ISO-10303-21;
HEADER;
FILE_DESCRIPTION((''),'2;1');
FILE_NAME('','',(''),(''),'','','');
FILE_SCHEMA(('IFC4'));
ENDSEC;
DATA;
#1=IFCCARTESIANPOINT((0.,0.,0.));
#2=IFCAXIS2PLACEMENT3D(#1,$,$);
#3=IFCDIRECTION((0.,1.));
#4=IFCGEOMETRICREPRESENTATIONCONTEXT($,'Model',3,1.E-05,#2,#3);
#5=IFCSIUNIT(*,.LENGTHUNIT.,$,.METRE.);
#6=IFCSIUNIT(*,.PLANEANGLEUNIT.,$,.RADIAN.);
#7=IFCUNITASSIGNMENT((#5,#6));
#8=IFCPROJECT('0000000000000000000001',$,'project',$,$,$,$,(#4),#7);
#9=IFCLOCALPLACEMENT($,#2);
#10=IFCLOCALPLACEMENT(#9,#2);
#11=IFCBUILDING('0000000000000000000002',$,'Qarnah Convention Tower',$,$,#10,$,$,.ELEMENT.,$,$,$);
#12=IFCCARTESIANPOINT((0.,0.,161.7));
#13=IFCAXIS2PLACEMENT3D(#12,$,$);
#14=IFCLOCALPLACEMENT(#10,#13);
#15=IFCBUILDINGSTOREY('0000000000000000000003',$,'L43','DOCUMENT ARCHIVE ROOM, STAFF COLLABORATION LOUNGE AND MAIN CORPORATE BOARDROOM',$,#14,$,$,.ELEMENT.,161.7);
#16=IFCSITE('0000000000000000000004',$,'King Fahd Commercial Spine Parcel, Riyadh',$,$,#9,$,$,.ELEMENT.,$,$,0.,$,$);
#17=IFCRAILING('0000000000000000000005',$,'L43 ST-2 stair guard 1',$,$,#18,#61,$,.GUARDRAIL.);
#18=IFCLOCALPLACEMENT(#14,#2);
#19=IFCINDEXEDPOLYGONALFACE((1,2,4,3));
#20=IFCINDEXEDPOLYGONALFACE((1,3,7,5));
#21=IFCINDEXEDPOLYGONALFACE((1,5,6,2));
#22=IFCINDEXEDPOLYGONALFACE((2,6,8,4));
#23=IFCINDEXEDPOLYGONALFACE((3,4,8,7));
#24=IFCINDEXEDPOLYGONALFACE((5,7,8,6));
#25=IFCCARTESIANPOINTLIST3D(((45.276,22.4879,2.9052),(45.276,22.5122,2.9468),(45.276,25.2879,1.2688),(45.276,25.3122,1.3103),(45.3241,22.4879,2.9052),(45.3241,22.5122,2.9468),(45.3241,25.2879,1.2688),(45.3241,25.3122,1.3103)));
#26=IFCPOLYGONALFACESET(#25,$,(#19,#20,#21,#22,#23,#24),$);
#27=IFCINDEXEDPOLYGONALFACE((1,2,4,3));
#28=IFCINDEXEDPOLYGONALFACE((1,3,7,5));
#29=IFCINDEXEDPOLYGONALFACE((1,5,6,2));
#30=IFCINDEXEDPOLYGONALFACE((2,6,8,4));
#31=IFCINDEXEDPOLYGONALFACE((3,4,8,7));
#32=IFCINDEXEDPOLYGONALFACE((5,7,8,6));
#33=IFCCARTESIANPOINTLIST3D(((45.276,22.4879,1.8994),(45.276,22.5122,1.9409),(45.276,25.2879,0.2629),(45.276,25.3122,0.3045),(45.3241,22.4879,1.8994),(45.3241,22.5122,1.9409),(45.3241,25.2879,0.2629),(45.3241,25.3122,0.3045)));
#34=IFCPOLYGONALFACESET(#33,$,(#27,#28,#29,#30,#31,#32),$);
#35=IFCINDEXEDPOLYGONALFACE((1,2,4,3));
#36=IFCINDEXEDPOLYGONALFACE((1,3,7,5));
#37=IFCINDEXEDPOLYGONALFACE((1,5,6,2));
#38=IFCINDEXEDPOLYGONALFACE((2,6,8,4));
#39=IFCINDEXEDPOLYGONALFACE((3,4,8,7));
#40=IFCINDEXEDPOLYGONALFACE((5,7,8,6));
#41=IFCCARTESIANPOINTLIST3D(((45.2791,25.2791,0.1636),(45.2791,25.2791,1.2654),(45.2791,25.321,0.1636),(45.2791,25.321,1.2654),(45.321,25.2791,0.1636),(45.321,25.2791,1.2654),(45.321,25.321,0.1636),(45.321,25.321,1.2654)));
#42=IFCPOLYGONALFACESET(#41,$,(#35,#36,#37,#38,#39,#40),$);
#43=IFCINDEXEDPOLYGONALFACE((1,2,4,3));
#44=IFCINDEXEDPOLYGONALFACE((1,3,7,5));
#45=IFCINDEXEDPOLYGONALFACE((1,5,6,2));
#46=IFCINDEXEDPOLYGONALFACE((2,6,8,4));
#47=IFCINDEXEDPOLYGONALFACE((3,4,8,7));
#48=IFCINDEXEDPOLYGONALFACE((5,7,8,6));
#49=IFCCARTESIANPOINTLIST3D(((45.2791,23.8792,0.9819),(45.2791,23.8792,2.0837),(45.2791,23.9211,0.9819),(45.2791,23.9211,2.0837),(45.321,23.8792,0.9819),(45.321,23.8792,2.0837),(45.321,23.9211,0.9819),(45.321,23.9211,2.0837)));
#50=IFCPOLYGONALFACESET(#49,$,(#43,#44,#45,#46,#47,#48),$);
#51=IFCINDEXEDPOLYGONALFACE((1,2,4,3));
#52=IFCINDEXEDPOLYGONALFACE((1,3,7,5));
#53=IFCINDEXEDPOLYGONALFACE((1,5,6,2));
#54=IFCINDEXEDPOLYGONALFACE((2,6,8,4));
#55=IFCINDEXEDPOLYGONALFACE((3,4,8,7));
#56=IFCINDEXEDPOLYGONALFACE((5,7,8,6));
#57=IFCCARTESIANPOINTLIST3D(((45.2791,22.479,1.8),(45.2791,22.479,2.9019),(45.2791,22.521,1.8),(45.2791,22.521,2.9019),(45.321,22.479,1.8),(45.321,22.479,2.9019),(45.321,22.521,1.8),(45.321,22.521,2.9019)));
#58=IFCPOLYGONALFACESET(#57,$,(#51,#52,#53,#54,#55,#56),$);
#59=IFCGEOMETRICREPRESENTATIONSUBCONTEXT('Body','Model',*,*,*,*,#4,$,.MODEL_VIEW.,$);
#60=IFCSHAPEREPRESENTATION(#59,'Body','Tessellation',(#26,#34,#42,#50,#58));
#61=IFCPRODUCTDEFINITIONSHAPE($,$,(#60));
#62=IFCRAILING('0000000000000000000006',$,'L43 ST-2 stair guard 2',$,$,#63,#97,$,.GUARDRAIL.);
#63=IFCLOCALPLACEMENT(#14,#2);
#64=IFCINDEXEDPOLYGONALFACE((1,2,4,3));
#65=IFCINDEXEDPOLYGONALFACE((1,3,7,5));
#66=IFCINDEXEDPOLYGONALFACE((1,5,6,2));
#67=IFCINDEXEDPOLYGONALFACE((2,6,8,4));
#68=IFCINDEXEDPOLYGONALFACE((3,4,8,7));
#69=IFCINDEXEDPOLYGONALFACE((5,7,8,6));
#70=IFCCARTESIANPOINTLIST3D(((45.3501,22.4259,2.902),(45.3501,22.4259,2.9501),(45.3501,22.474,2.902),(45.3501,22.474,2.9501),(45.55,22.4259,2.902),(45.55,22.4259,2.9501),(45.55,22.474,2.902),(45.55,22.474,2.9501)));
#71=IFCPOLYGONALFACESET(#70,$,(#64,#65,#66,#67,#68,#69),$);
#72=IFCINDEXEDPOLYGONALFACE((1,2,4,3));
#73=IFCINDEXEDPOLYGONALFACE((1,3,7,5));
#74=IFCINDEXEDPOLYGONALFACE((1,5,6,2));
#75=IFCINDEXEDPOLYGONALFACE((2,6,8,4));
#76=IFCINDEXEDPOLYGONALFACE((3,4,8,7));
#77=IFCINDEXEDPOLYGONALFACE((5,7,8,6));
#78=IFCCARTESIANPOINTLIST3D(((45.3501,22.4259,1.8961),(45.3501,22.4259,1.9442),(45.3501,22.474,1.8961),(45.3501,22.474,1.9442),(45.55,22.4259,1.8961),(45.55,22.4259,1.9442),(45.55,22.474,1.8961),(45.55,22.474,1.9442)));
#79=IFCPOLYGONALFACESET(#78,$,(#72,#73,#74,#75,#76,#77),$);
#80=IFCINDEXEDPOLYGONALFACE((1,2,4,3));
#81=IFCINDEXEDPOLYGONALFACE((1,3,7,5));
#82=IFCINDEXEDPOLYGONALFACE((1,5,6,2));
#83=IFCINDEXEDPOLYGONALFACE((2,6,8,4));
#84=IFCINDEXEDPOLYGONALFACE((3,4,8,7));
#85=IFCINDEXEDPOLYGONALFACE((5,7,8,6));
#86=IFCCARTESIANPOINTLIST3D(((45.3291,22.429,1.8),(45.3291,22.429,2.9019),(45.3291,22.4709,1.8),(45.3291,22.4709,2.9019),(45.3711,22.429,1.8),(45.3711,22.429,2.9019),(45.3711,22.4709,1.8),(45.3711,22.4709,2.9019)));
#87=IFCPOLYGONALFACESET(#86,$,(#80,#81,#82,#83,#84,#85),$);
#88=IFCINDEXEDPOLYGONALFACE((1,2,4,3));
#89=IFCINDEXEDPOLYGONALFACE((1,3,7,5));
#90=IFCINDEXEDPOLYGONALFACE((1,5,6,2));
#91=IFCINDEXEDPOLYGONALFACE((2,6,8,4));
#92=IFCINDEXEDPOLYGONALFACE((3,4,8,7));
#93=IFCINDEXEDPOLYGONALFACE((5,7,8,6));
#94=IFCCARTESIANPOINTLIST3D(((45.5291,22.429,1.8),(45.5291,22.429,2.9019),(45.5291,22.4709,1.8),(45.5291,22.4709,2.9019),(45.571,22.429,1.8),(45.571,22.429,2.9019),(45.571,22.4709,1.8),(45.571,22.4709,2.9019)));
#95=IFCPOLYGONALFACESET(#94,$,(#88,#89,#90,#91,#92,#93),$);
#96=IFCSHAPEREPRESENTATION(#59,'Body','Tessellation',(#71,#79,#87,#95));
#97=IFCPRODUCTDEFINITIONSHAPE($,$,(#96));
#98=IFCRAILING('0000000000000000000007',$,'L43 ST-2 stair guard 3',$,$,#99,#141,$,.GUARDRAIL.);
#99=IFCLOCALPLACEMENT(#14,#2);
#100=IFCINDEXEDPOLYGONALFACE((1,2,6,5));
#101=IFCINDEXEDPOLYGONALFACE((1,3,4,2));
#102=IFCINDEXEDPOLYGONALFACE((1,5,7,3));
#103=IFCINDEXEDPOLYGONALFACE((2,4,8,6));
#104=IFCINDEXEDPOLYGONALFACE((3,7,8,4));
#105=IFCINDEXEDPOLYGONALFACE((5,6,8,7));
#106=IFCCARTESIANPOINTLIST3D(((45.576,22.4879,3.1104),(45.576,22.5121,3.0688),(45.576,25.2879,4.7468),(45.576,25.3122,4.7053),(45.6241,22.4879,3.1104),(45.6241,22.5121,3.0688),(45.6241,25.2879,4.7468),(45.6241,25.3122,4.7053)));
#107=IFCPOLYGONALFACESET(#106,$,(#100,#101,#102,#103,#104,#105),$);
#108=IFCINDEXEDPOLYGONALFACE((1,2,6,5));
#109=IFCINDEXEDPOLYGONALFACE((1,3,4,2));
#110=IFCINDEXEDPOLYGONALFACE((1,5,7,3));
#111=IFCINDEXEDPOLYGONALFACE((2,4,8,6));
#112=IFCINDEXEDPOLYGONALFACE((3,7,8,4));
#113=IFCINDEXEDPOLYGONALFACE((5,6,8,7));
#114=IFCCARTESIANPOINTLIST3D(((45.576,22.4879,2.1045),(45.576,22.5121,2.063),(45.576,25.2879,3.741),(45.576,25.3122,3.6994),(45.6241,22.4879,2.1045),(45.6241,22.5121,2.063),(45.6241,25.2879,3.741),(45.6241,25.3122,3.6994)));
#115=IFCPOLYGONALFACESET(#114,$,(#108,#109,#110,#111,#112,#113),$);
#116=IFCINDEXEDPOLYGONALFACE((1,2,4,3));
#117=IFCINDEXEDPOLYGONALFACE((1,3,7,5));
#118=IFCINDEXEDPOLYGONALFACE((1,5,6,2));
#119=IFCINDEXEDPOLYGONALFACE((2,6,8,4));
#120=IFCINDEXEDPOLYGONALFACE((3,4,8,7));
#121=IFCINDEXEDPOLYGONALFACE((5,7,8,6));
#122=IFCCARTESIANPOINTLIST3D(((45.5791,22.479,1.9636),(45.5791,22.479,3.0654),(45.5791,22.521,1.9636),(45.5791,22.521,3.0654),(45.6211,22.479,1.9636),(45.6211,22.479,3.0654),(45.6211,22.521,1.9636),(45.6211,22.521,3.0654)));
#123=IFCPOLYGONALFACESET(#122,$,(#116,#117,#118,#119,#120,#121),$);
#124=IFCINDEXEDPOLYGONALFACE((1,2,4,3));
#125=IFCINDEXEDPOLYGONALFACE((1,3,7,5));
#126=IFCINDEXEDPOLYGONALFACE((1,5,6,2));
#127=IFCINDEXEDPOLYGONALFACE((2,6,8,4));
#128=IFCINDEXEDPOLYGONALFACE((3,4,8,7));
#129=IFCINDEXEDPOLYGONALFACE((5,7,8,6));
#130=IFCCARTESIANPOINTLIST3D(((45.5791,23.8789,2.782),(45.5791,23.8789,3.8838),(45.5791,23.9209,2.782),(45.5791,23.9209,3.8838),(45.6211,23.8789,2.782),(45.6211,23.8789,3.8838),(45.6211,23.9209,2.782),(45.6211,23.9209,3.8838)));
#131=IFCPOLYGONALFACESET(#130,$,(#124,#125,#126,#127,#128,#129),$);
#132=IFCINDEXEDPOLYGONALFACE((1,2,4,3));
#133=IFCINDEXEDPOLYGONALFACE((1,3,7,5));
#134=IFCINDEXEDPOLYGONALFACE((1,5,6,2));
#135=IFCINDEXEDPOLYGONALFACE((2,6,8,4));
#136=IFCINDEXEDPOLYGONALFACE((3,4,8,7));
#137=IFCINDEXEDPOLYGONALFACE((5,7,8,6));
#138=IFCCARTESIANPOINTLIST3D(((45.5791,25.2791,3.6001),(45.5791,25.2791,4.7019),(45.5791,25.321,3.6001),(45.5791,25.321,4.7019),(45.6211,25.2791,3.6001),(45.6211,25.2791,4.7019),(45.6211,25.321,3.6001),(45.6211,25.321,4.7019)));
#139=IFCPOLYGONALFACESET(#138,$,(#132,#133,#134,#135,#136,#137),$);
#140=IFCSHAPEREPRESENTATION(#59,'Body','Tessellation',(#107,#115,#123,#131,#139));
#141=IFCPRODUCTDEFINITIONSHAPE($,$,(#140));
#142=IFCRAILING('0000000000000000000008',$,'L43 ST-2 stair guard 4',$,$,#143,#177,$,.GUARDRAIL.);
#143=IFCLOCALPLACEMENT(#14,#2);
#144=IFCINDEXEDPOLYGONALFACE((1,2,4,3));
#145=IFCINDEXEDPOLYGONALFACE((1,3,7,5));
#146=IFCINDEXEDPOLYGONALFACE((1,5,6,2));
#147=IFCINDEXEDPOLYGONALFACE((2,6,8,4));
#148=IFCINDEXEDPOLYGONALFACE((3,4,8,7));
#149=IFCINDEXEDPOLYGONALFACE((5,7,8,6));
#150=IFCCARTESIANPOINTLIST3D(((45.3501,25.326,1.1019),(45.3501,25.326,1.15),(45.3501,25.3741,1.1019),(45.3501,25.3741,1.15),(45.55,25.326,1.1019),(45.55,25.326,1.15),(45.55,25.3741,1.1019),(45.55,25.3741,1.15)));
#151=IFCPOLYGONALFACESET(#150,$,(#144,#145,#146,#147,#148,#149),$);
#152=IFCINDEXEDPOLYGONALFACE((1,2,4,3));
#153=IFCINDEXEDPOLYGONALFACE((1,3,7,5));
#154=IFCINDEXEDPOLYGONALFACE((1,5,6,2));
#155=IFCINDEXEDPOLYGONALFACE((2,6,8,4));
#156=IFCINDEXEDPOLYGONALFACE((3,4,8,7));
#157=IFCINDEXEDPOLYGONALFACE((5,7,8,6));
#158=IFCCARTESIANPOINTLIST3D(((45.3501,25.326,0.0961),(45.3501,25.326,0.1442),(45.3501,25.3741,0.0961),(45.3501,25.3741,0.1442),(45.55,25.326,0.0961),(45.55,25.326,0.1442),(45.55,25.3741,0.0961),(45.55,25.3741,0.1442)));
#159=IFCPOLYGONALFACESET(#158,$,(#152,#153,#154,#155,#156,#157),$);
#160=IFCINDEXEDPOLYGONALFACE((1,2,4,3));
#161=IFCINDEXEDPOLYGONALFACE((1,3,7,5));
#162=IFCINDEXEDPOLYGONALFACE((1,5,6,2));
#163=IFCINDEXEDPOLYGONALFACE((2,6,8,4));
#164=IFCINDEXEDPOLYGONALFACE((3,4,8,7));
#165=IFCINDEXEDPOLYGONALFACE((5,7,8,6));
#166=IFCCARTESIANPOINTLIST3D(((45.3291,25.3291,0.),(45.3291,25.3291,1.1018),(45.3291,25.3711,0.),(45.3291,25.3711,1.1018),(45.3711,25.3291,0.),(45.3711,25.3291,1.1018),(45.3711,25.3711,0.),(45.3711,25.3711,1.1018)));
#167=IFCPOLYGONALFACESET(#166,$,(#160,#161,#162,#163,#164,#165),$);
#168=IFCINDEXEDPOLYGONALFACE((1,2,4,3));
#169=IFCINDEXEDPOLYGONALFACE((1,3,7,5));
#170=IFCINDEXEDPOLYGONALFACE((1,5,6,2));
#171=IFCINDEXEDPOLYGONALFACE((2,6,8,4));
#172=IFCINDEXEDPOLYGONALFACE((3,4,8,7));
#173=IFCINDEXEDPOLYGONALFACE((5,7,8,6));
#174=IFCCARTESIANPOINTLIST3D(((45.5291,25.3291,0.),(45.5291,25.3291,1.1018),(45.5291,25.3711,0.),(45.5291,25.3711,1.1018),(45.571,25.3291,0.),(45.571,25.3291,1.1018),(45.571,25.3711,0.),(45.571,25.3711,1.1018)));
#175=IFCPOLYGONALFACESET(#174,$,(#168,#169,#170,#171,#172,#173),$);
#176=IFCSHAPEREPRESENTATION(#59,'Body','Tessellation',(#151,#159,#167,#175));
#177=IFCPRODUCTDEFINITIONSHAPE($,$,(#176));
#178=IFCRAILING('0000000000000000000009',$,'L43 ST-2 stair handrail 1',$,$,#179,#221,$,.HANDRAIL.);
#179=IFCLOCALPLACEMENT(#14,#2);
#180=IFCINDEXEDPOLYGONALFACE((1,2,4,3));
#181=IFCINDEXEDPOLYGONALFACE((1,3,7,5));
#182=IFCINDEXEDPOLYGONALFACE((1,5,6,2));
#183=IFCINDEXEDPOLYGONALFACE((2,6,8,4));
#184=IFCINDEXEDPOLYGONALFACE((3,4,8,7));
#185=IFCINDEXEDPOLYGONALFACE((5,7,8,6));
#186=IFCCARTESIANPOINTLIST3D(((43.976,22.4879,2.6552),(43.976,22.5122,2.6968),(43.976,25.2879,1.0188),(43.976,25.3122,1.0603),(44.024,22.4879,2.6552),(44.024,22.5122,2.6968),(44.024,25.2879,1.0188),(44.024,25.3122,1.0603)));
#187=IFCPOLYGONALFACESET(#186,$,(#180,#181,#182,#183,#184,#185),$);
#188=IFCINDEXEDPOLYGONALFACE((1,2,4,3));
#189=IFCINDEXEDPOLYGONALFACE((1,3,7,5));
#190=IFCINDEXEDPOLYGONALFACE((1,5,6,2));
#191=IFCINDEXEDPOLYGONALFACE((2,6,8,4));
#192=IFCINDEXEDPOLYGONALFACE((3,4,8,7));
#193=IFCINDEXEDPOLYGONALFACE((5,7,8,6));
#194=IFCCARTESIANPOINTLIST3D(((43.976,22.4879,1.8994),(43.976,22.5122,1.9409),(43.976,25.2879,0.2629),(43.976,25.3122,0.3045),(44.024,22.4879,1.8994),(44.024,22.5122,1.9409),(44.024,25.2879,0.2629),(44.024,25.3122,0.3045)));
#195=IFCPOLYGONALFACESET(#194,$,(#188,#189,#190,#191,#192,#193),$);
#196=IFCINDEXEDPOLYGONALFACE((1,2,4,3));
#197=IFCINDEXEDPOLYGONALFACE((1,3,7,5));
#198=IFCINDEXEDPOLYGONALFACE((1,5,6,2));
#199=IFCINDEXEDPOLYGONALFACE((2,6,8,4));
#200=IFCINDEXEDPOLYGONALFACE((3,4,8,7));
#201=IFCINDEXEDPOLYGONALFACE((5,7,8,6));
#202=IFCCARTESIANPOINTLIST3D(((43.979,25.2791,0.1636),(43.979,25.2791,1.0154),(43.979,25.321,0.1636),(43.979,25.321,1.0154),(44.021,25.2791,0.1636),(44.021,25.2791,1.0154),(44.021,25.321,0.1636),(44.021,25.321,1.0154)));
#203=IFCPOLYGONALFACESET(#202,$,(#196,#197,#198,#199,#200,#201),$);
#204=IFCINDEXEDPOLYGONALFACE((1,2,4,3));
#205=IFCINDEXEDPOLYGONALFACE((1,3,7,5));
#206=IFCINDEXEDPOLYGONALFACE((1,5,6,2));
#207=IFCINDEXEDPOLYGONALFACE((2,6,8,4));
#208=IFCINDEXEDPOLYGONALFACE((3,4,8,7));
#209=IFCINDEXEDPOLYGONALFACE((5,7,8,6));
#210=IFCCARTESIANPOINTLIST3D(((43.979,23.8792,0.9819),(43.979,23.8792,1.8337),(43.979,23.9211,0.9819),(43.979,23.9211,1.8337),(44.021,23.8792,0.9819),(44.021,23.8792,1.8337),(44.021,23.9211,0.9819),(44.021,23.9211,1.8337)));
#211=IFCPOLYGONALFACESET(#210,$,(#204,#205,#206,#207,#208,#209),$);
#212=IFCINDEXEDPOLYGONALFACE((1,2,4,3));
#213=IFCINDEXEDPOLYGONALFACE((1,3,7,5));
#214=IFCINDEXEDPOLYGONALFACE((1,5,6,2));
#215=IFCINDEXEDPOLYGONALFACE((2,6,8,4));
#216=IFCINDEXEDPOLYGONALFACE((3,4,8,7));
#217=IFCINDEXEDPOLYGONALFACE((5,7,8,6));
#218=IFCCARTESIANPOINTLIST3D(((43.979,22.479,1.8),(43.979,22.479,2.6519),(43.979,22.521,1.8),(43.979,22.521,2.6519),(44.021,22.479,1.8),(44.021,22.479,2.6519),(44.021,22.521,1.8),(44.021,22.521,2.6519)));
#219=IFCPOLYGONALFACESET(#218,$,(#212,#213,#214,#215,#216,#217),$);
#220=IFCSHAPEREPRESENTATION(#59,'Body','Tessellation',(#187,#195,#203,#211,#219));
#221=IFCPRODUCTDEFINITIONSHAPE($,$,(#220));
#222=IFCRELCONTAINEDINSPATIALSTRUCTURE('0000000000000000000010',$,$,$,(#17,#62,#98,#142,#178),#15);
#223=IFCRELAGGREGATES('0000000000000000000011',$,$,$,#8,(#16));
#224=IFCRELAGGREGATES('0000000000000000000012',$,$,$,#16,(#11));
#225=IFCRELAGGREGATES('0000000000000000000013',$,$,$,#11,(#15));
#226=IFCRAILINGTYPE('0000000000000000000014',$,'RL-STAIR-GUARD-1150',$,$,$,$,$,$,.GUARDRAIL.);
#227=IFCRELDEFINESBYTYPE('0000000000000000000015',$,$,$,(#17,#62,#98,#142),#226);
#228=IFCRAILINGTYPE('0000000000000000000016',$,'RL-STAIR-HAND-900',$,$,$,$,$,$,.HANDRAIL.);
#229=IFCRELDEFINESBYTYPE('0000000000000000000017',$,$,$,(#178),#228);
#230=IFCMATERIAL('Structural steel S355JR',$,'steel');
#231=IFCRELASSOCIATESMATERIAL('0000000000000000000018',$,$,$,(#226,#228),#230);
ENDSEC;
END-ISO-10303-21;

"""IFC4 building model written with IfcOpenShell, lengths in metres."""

from ifc_helpers import new_model, si_unit, direction, frame, origin, origin_2d, place, context, subcontext, project, spatial, rectangle, extrude, material, type_object, element, save


model = new_model("IFC4")

# Units and contexts
model_context = context("Model", 3, precision=1e-05, world=origin(), true_north=direction((0.0, 1.0)))
body_context = subcontext(model_context, "Body", "Model", "MODEL_VIEW")
ifc_project = project(units=[si_unit("LENGTHUNIT", "METRE"), si_unit("PLANEANGLEUNIT", "RADIAN")], contexts=[model_context])

# Site, building, storey
site_placement = place(None, origin())
site = spatial("IfcSite", under=ifc_project, at=site_placement, Name="King Fahd Commercial Spine Parcel, Riyadh", CompositionType="ELEMENT", RefElevation=0.0)
building_placement = place(site_placement, origin())
building = spatial("IfcBuilding", under=site, at=building_placement, Name="Qarnah Convention Tower", CompositionType="ELEMENT")
storey_placement = place(building_placement, frame((0.0, 0.0, 161.7)))
storey = spatial("IfcBuildingStorey", under=building, at=storey_placement, Name="L43", Description="DOCUMENT ARCHIVE ROOM, STAFF COLLABORATION LOUNGE AND MAIN CORPORATE BOARDROOM", CompositionType="ELEMENT", Elevation=161.7)

# Shared definitions
ifc_material_1 = material(Name="Structural steel S355JR", Category="steel")

# Railings
railing_type_1 = type_object("IfcRailingType", Name="RL-STAIR-GUARD-1150", PredefinedType="GUARDRAIL", material=ifc_material_1)
railing_1_placement = place(storey_placement, frame((45.3, 25.3, 0.1636)))
element("IfcRailing", 1, at=railing_1_placement, inside=storey, type_object=railing_type_1, Name="L43 ST-2 stair guard 1", PredefinedType="GUARDRAIL", context=body_context, shape_type="SweptSolid", body=[
    extrude(rectangle(XDim=0.0481, YDim=0.0481, at=origin_2d()), frame((0.0, 0.0, 1.126), z_axis=(0.0, -0.863361, 0.504587), x_axis=(1.0, 0.0, 0.0)), (0.0, 0.0, 1.0), 3.2432),
    extrude(rectangle(XDim=0.0481, YDim=0.0481, at=origin_2d()), frame((0.0, 0.0, 0.1201), z_axis=(0.0, -0.863361, 0.504587), x_axis=(1.0, 0.0, 0.0)), (0.0, 0.0, 1.0), 3.2432),
    extrude(rectangle(XDim=0.042, YDim=0.042, at=origin_2d()), origin(), (0.0, 0.0, 1.0), 1.1018),
    extrude(rectangle(XDim=0.042, YDim=0.042, at=origin_2d()), frame((0.0, -1.3999, 0.8184)), (0.0, 0.0, 1.0), 1.1018),
    extrude(rectangle(XDim=0.042, YDim=0.042, at=origin_2d()), frame((0.0, -2.8, 1.6365)), (0.0, 0.0, 1.0), 1.1018),
])
railing_2_placement = place(storey_placement, frame((45.3501, 22.45, 1.8)))
element("IfcRailing", 2, at=railing_2_placement, inside=storey, type_object=railing_type_1, Name="L43 ST-2 stair guard 2", PredefinedType="GUARDRAIL", context=body_context, shape_type="SweptSolid", body=[
    extrude(rectangle(XDim=0.0481, YDim=0.0481, at=origin_2d()), frame((0.0, 0.0, 1.126), z_axis=(1.0, 0.0, 0.0), x_axis=(0.0, 1.0, 0.0)), (0.0, 0.0, 1.0), 0.2),
    extrude(rectangle(XDim=0.0481, YDim=0.0481, at=origin_2d()), frame((0.0, 0.0, 0.1201), z_axis=(1.0, 0.0, 0.0), x_axis=(0.0, 1.0, 0.0)), (0.0, 0.0, 1.0), 0.2),
    extrude(rectangle(XDim=0.042, YDim=0.042, at=origin_2d()), origin(), (0.0, 0.0, 1.0), 1.1018),
    extrude(rectangle(XDim=0.042, YDim=0.042, at=origin_2d()), frame((0.2, 0.0, 0.0)), (0.0, 0.0, 1.0), 1.1018),
])
railing_3_placement = place(storey_placement, frame((45.6001, 22.5, 1.9636)))
element("IfcRailing", 3, at=railing_3_placement, inside=storey, type_object=railing_type_1, Name="L43 ST-2 stair guard 3", PredefinedType="GUARDRAIL", context=body_context, shape_type="SweptSolid", body=[
    extrude(rectangle(XDim=0.0481, YDim=0.0481, at=origin_2d()), frame((0.0, 0.0, 1.126), z_axis=(0.0, 0.863361, 0.504587), x_axis=(-1.0, 0.0, 0.0)), (0.0, 0.0, 1.0), 3.2432),
    extrude(rectangle(XDim=0.0481, YDim=0.0481, at=origin_2d()), frame((0.0, 0.0, 0.1201), z_axis=(0.0, 0.863361, 0.504587), x_axis=(-1.0, 0.0, 0.0)), (0.0, 0.0, 1.0), 3.2432),
    extrude(rectangle(XDim=0.042, YDim=0.042, at=origin_2d()), origin(), (0.0, 0.0, 1.0), 1.1018),
    extrude(rectangle(XDim=0.042, YDim=0.042, at=origin_2d()), frame((0.0, 1.3999, 0.8184)), (0.0, 0.0, 1.0), 1.1018),
    extrude(rectangle(XDim=0.042, YDim=0.042, at=origin_2d()), frame((0.0, 2.8, 1.6365)), (0.0, 0.0, 1.0), 1.1018),
])
railing_4_placement = place(storey_placement, frame((45.3501, 25.3501, 0.0)))
element("IfcRailing", 4, at=railing_4_placement, inside=storey, type_object=railing_type_1, Name="L43 ST-2 stair guard 4", PredefinedType="GUARDRAIL", context=body_context, shape_type="SweptSolid", body=[
    extrude(rectangle(XDim=0.0481, YDim=0.0481, at=origin_2d()), frame((0.0, 0.0, 1.126), z_axis=(1.0, 0.0, 0.0), x_axis=(0.0, 1.0, 0.0)), (0.0, 0.0, 1.0), 0.2),
    extrude(rectangle(XDim=0.0481, YDim=0.0481, at=origin_2d()), frame((0.0, 0.0, 0.1201), z_axis=(1.0, 0.0, 0.0), x_axis=(0.0, 1.0, 0.0)), (0.0, 0.0, 1.0), 0.2),
    extrude(rectangle(XDim=0.042, YDim=0.042, at=origin_2d()), origin(), (0.0, 0.0, 1.0), 1.1018),
    extrude(rectangle(XDim=0.042, YDim=0.042, at=origin_2d()), frame((0.2, 0.0, 0.0)), (0.0, 0.0, 1.0), 1.1018),
])
railing_type_2 = type_object("IfcRailingType", Name="RL-STAIR-HAND-900", PredefinedType="HANDRAIL", material=ifc_material_1)
railing_5_placement = place(storey_placement, frame((44.0, 25.3, 0.1636)))
element("IfcRailing", 5, at=railing_5_placement, inside=storey, type_object=railing_type_2, Name="L43 ST-2 stair handrail 1", PredefinedType="HANDRAIL", context=body_context, shape_type="SweptSolid", body=[
    extrude(rectangle(XDim=0.0481, YDim=0.0481, at=origin_2d()), frame((0.0, 0.0, 0.876), z_axis=(0.0, -0.863361, 0.504587), x_axis=(1.0, 0.0, 0.0)), (0.0, 0.0, 1.0), 3.2432),
    extrude(rectangle(XDim=0.0481, YDim=0.0481, at=origin_2d()), frame((0.0, 0.0, 0.1201), z_axis=(0.0, -0.863361, 0.504587), x_axis=(1.0, 0.0, 0.0)), (0.0, 0.0, 1.0), 3.2432),
    extrude(rectangle(XDim=0.042, YDim=0.042, at=origin_2d()), origin(), (0.0, 0.0, 1.0), 0.8518),
    extrude(rectangle(XDim=0.042, YDim=0.042, at=origin_2d()), frame((0.0, -1.3999, 0.8184)), (0.0, 0.0, 1.0), 0.8518),
    extrude(rectangle(XDim=0.042, YDim=0.042, at=origin_2d()), frame((0.0, -2.8, 1.6365)), (0.0, 0.0, 1.0), 0.8518),
])

save(model, "model.ifc")
